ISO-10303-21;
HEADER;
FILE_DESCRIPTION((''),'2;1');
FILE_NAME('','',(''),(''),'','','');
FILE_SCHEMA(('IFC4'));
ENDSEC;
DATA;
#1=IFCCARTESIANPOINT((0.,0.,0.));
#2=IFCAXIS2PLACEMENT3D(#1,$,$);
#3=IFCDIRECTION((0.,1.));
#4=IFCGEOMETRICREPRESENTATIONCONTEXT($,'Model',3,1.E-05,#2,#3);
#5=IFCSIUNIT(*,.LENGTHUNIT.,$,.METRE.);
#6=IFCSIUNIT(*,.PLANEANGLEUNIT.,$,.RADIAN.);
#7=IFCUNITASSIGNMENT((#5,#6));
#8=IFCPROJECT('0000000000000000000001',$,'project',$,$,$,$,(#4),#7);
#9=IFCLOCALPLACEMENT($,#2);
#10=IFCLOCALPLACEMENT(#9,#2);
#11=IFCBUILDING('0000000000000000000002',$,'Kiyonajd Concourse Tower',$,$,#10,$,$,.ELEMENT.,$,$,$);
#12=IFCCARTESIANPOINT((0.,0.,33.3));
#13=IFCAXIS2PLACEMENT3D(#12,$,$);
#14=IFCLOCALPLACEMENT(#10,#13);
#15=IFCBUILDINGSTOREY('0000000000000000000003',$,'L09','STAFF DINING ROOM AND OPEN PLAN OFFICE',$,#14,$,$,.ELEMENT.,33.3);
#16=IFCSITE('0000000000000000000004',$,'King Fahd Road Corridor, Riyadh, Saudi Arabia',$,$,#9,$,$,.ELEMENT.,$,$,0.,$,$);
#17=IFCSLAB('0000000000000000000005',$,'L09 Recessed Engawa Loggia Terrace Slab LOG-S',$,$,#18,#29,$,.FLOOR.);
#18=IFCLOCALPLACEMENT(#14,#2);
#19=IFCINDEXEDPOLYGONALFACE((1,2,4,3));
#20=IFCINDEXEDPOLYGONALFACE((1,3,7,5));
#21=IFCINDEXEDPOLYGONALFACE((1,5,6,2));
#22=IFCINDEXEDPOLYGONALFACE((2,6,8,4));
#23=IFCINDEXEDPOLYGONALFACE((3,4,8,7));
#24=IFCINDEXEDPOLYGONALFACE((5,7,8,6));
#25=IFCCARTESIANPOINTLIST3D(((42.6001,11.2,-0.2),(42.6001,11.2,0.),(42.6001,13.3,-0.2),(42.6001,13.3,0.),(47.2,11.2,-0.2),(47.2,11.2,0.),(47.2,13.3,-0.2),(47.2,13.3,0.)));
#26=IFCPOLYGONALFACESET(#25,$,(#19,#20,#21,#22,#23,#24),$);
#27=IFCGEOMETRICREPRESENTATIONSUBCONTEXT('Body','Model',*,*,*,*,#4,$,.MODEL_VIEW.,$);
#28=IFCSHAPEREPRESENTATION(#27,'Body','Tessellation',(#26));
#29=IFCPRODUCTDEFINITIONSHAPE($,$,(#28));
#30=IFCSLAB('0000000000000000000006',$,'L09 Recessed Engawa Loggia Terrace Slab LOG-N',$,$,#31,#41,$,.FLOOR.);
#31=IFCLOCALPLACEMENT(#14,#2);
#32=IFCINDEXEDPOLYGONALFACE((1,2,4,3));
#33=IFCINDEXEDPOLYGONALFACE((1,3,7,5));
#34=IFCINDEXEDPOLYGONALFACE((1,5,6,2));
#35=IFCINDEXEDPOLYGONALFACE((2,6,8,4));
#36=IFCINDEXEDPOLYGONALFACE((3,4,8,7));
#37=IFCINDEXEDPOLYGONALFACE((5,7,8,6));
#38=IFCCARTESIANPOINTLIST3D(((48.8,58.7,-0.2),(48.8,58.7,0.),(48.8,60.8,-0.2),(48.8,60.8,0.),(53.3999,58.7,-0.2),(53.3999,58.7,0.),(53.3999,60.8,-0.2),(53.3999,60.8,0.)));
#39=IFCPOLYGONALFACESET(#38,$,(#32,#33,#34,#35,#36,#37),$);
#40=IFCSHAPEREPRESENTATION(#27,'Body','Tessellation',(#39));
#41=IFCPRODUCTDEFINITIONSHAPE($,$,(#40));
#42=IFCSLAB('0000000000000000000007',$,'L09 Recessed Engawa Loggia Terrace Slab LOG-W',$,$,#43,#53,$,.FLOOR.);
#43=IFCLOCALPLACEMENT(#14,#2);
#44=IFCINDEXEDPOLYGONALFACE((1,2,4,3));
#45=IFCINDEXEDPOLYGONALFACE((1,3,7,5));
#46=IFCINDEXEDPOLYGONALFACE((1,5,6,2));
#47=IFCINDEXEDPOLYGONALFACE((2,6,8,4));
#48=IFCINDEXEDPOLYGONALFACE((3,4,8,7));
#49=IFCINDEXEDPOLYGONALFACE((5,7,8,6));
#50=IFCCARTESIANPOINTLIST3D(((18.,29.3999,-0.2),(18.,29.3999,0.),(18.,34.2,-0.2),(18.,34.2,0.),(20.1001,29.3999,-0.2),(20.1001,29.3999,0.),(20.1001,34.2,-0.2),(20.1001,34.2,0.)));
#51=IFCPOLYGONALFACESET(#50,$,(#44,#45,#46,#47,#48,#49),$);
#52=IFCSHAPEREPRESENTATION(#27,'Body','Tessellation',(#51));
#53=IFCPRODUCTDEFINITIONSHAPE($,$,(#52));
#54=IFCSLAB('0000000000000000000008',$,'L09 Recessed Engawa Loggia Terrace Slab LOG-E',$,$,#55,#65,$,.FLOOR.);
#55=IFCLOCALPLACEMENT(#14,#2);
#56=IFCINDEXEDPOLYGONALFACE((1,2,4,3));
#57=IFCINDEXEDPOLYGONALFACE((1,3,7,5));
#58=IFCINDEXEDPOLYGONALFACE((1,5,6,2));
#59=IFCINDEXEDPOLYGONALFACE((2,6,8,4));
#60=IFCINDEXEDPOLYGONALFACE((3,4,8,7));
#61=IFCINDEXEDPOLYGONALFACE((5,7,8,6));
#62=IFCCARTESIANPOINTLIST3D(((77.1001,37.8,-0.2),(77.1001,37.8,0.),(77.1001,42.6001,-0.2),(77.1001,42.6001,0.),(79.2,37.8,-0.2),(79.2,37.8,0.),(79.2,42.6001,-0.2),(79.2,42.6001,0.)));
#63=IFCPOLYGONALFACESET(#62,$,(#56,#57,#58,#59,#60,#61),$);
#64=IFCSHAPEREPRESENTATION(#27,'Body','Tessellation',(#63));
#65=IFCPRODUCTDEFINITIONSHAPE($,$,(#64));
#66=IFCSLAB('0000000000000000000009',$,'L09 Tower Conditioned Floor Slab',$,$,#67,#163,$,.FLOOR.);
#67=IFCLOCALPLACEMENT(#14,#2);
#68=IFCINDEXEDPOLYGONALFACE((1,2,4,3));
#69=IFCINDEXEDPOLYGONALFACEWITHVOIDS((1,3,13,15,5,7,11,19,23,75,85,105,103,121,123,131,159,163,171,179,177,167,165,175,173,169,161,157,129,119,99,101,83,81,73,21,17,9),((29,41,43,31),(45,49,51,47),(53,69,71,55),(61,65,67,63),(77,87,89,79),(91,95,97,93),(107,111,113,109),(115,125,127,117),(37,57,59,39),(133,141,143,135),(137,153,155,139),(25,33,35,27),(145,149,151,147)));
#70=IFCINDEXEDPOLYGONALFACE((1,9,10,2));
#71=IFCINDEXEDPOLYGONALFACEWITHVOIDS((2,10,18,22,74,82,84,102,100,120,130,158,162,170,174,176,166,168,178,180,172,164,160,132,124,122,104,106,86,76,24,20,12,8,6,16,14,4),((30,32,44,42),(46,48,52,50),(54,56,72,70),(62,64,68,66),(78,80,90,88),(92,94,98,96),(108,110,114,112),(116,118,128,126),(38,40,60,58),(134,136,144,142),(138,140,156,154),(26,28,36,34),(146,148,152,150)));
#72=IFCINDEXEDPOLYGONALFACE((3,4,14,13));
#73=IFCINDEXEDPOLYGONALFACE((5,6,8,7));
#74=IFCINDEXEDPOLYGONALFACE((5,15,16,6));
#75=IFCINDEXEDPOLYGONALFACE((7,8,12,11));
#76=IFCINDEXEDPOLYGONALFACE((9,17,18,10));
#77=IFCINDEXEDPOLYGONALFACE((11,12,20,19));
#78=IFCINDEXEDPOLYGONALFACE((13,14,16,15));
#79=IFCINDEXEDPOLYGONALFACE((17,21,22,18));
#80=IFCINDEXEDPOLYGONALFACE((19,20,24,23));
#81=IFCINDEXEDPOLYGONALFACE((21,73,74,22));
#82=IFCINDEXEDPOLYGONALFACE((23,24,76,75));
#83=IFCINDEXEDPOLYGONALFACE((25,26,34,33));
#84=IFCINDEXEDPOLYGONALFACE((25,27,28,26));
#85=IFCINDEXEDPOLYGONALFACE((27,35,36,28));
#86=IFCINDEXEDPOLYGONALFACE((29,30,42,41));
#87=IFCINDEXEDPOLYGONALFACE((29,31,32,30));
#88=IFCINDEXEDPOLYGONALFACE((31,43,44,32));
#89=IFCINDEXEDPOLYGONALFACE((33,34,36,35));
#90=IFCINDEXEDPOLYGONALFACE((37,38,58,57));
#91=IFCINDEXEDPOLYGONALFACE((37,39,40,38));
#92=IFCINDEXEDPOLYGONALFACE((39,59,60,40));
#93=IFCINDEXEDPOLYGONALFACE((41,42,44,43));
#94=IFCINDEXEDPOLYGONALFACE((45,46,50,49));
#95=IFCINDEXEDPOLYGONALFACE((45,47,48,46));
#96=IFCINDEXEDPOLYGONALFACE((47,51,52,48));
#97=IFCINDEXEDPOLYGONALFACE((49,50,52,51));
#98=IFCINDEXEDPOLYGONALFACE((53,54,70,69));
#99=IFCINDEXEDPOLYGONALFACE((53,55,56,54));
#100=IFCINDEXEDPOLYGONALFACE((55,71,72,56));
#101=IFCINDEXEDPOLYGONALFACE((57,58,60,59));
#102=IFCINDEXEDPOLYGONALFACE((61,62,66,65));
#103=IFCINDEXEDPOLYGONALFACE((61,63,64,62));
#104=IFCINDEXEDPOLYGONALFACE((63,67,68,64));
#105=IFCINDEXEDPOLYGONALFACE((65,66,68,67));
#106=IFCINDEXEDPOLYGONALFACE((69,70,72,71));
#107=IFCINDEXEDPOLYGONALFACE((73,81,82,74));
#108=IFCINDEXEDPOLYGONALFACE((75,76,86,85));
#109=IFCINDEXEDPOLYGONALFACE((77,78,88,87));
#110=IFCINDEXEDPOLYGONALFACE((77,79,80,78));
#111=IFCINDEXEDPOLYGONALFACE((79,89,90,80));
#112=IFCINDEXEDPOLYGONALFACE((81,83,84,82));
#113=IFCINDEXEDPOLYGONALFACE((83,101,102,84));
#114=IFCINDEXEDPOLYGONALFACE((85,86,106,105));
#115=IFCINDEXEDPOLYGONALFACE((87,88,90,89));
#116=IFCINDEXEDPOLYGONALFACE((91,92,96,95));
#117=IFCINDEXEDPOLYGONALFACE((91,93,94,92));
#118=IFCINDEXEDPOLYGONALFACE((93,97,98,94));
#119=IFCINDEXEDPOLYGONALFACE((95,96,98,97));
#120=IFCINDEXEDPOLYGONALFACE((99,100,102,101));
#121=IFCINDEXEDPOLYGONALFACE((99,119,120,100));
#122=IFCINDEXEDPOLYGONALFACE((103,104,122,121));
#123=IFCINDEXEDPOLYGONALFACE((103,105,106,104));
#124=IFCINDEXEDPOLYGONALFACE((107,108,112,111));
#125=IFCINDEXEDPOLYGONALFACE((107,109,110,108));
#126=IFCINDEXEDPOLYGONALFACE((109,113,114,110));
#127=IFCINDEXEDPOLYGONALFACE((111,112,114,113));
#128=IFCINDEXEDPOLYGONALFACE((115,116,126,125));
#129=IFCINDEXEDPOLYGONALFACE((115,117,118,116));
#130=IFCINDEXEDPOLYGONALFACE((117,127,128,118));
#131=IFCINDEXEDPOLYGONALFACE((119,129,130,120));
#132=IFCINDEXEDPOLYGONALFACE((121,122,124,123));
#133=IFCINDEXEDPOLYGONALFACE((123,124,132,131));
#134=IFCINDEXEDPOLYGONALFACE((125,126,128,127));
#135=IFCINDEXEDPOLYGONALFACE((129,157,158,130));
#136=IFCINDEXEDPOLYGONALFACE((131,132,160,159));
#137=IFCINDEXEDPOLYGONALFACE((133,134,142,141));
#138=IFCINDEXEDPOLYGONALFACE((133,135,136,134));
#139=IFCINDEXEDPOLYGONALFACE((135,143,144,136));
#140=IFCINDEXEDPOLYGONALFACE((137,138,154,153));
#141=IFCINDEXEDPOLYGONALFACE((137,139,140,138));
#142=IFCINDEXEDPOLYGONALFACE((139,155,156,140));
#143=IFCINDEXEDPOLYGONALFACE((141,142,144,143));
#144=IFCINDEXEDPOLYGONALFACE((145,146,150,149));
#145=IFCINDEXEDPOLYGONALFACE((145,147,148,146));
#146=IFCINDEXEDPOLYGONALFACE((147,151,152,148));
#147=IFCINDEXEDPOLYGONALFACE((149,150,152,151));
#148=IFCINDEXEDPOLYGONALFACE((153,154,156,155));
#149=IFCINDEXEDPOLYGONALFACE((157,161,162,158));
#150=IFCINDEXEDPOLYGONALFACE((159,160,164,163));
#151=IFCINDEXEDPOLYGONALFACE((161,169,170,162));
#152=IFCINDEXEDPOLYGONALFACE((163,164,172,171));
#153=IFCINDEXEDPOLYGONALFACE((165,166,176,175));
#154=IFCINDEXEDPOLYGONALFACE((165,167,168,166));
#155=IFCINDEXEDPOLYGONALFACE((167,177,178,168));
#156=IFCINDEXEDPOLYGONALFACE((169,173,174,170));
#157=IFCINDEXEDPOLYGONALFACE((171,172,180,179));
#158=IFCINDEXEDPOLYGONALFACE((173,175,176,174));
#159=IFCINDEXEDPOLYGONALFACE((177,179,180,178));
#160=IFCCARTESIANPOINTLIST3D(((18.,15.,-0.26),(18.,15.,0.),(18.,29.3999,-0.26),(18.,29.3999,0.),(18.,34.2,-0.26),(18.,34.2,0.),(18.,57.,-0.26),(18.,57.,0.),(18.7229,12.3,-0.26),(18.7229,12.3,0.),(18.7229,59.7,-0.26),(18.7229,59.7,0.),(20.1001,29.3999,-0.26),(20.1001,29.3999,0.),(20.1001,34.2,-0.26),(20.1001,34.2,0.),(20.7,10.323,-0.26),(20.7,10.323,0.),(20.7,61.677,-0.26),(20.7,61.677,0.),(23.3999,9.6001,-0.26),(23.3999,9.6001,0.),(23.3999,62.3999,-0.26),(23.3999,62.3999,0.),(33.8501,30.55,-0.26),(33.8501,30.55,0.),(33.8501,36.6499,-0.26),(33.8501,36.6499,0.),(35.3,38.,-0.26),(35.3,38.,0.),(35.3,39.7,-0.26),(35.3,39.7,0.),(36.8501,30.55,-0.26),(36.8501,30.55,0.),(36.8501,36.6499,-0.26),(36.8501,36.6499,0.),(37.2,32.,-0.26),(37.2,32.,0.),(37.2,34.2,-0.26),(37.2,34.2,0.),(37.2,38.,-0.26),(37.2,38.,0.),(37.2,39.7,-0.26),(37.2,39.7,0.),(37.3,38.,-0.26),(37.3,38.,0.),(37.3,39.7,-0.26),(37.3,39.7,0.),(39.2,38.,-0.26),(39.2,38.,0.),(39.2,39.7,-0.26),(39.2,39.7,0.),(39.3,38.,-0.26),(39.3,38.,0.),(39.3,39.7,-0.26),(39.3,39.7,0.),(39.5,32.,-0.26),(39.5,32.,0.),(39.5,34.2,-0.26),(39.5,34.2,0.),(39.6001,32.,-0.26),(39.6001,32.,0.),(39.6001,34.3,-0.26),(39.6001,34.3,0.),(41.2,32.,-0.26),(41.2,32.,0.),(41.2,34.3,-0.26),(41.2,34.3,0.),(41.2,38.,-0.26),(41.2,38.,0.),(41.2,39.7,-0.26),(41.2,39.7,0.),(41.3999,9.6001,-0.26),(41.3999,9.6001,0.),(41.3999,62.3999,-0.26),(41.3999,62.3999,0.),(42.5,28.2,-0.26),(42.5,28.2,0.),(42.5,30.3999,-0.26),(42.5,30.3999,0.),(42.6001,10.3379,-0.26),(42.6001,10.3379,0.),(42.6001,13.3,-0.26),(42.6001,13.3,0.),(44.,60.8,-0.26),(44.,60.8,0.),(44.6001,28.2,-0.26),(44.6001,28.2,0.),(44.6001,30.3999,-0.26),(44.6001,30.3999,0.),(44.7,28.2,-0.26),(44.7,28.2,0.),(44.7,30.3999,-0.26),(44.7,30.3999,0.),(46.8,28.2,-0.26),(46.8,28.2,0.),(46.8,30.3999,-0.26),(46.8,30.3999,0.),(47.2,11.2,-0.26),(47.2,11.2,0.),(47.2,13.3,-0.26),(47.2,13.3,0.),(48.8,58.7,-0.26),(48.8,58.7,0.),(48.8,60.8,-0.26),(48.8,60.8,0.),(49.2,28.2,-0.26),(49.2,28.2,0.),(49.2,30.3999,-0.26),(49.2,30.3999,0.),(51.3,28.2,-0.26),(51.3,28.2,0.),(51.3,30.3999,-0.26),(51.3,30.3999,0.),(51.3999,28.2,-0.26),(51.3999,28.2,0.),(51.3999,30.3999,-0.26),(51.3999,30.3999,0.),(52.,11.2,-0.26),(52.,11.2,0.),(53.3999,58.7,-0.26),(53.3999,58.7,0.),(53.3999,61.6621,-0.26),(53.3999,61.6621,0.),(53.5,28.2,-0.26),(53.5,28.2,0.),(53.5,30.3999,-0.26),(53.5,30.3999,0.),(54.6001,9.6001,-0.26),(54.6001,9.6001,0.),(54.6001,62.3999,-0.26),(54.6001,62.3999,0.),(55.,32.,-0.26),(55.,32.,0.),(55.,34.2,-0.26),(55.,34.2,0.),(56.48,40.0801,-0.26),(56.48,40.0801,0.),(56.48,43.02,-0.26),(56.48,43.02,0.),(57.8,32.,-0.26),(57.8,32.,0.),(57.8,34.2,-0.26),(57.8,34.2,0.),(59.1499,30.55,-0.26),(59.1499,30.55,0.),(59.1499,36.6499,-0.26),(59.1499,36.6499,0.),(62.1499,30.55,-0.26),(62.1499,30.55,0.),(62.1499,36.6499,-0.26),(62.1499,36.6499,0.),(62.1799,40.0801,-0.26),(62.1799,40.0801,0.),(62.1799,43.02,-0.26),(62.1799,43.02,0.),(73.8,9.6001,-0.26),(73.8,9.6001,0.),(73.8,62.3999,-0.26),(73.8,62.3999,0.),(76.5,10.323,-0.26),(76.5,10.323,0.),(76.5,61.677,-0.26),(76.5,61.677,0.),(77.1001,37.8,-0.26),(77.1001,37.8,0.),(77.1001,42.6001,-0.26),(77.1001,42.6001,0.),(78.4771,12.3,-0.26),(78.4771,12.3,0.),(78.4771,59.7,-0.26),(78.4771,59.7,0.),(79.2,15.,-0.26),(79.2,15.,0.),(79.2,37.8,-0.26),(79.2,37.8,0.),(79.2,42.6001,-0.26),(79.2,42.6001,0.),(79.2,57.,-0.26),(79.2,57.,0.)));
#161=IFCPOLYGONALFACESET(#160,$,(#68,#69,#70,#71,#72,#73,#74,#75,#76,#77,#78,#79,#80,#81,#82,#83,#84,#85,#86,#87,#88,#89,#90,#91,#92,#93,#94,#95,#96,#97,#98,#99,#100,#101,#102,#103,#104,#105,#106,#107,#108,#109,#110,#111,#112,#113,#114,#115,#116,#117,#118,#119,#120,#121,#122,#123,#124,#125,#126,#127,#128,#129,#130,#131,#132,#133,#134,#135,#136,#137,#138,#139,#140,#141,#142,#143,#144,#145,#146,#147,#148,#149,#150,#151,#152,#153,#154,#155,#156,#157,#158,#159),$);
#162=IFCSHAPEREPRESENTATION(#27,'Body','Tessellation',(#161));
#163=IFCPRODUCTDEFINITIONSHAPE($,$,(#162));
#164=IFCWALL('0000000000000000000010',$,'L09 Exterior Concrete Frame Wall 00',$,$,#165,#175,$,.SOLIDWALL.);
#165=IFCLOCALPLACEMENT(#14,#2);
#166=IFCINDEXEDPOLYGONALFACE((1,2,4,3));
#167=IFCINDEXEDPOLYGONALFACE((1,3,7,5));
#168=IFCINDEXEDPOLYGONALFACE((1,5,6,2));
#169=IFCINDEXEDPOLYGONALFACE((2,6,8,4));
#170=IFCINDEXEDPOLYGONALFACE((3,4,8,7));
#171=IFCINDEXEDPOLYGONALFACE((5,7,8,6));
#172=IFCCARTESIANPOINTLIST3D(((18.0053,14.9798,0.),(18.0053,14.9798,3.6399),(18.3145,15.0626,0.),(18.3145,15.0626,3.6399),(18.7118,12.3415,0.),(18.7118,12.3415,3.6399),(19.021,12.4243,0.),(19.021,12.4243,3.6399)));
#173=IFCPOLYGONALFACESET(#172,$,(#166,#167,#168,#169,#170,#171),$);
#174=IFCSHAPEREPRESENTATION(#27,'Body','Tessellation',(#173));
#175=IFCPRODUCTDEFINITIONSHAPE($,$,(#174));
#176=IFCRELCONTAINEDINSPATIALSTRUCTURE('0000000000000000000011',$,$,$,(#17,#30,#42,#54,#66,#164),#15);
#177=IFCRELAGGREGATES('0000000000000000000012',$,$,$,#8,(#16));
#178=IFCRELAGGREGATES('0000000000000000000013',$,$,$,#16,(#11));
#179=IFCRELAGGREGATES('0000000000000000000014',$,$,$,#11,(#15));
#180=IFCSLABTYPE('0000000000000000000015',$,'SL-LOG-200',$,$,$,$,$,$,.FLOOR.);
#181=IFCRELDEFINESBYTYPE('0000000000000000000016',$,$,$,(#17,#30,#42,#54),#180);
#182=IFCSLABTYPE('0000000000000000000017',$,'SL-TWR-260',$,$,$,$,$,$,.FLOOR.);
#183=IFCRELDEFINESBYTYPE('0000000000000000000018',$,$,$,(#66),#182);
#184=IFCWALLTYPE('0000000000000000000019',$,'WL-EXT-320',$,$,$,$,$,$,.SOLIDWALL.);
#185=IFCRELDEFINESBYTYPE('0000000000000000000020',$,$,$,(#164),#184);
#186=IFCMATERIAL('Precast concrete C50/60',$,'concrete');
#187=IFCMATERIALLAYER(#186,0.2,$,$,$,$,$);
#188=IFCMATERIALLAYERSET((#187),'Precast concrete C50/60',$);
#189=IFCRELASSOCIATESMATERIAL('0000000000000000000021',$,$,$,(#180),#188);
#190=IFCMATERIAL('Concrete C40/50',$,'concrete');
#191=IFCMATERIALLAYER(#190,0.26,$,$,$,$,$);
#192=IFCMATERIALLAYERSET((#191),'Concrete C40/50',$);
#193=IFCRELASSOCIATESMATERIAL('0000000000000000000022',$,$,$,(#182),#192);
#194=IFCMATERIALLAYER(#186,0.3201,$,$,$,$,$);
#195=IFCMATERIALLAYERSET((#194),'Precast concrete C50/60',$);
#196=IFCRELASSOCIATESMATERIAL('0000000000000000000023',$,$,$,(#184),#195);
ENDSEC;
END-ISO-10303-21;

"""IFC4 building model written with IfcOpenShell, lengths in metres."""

from ifc_helpers import new_model, si_unit, direction, frame, frame_2d, origin, place, context, subcontext, project, spatial, polyline, rectangle, outline, extrude, material, layer, layer_set, type_object, element, save


model = new_model("IFC4")

# Units and contexts
model_context = context("Model", 3, precision=1e-05, world=origin(), true_north=direction((0.0, 1.0)))
body_context = subcontext(model_context, "Body", "Model", "MODEL_VIEW")
ifc_project = project(units=[si_unit("LENGTHUNIT", "METRE"), si_unit("PLANEANGLEUNIT", "RADIAN")], contexts=[model_context])

# Site, building, storey
site_placement = place(None, origin())
site = spatial("IfcSite", under=ifc_project, at=site_placement, Name="King Fahd Road Corridor, Riyadh, Saudi Arabia", CompositionType="ELEMENT", RefElevation=0.0)
building_placement = place(site_placement, origin())
building = spatial("IfcBuilding", under=site, at=building_placement, Name="Kiyonajd Concourse Tower", CompositionType="ELEMENT")
storey_placement = place(building_placement, frame((0.0, 0.0, 33.3)))
storey = spatial("IfcBuildingStorey", under=building, at=storey_placement, Name="L09", Description="STAFF DINING ROOM AND OPEN PLAN OFFICE", CompositionType="ELEMENT", Elevation=33.3)

# Shared definitions
ifc_material_1 = material(Name="Precast concrete C50/60", Category="concrete")

# Shared definitions
ifc_material_2 = material(Name="Concrete C40/50", Category="concrete")

# Slabs
ifc_layer_1 = layer(ifc_material_1, 0.2)
ifc_layer_set_1 = layer_set([ifc_layer_1], Name="Precast concrete C50/60")
slab_type_1 = type_object("IfcSlabType", Name="SL-LOG-200", PredefinedType="FLOOR", material=ifc_layer_set_1)
slab_1_placement = place(storey_placement, frame((0.0, 0.0, -0.2)))
element("IfcSlab", 1, at=slab_1_placement, inside=storey, type_object=slab_type_1, Name="L09 Recessed Engawa Loggia Terrace Slab LOG-S", PredefinedType="FLOOR", context=body_context, shape_type="SweptSolid", body=[
    extrude(outline(polyline([(42.6001, 11.2), (47.2, 11.2), (47.2, 13.3), (42.6001, 13.3), (42.6001, 11.2)])), origin(), (0.0, 0.0, 1.0), 0.2),
])
slab_2_placement = place(storey_placement, frame((0.0, 0.0, -0.2)))
element("IfcSlab", 2, at=slab_2_placement, inside=storey, type_object=slab_type_1, Name="L09 Recessed Engawa Loggia Terrace Slab LOG-N", PredefinedType="FLOOR", context=body_context, shape_type="SweptSolid", body=[
    extrude(outline(polyline([(48.8, 58.7), (53.3999, 58.7), (53.3999, 60.8), (48.8, 60.8), (48.8, 58.7)])), origin(), (0.0, 0.0, 1.0), 0.2),
])
slab_3_placement = place(storey_placement, frame((0.0, 0.0, -0.2)))
element("IfcSlab", 3, at=slab_3_placement, inside=storey, type_object=slab_type_1, Name="L09 Recessed Engawa Loggia Terrace Slab LOG-W", PredefinedType="FLOOR", context=body_context, shape_type="SweptSolid", body=[
    extrude(outline(polyline([(18.0, 29.3999), (20.1001, 29.3999), (20.1001, 34.2), (18.0, 34.2), (18.0, 29.3999)])), origin(), (0.0, 0.0, 1.0), 0.2),
])
slab_4_placement = place(storey_placement, frame((0.0, 0.0, -0.2)))
element("IfcSlab", 4, at=slab_4_placement, inside=storey, type_object=slab_type_1, Name="L09 Recessed Engawa Loggia Terrace Slab LOG-E", PredefinedType="FLOOR", context=body_context, shape_type="SweptSolid", body=[
    extrude(outline(polyline([(77.1001, 37.8), (79.2, 37.8), (79.2, 42.6001), (77.1001, 42.6001), (77.1001, 37.8)])), origin(), (0.0, 0.0, 1.0), 0.2),
])
ifc_layer_2 = layer(ifc_material_2, 0.26)
ifc_layer_set_2 = layer_set([ifc_layer_2], Name="Concrete C40/50")
slab_type_2 = type_object("IfcSlabType", Name="SL-TWR-260", PredefinedType="FLOOR", material=ifc_layer_set_2)
slab_5_placement = place(storey_placement, frame((0.0, 0.0, -0.26)))
element("IfcSlab", 5, at=slab_5_placement, inside=storey, type_object=slab_type_2, Name="L09 Tower Conditioned Floor Slab", PredefinedType="FLOOR", context=body_context, shape_type="SweptSolid", body=[
    extrude(outline(polyline([(18.7229, 12.3), (18.0, 15.0), (18.0, 29.3999), (20.1001, 29.3999), (20.1001, 34.2), (18.0, 34.2), (18.0, 57.0), (18.7229, 59.7), (20.7, 61.677), (23.3999, 62.3999), (41.3999, 62.3999), (44.0, 60.8), (48.8, 60.8), (48.8, 58.7), (53.3999, 58.7), (53.3999, 61.6621), (54.6001, 62.3999), (73.8, 62.3999), (76.5, 61.677), (78.4771, 59.7), (79.2, 57.0), (79.2, 42.6001), (77.1001, 42.6001), (77.1001, 37.8), (79.2, 37.8), (79.2, 15.0), (78.4771, 12.3), (76.5, 10.323), (73.8, 9.6001), (54.6001, 9.6001), (52.0, 11.2), (47.2, 11.2), (47.2, 13.3), (42.6001, 13.3), (42.6001, 10.3379), (41.3999, 9.6001), (23.3999, 9.6001), (20.7, 10.323), (18.7229, 12.3)]), holes=[polyline([(44.6001, 28.2), (42.5, 28.2), (42.5, 30.3999), (44.6001, 30.3999), (44.6001, 28.2)]), polyline([(37.2, 32.0), (37.2, 34.2), (39.5, 34.2), (39.5, 32.0), (37.2, 32.0)]), polyline([(39.6001, 32.0), (39.6001, 34.3), (41.2, 34.3), (41.2, 32.0), (39.6001, 32.0)]), polyline([(36.8501, 30.55), (33.8501, 30.55), (33.8501, 36.6499), (36.8501, 36.6499), (36.8501, 30.55)]), polyline([(35.3, 38.0), (35.3, 39.7), (37.2, 39.7), (37.2, 38.0), (35.3, 38.0)]), polyline([(37.3, 38.0), (37.3, 39.7), (39.2, 39.7), (39.2, 38.0), (37.3, 38.0)]), polyline([(41.2, 38.0), (39.3, 38.0), (39.3, 39.7), (41.2, 39.7), (41.2, 38.0)]), polyline([(44.7, 28.2), (44.7, 30.3999), (46.8, 30.3999), (46.8, 28.2), (44.7, 28.2)]), polyline([(49.2, 28.2), (49.2, 30.3999), (51.3, 30.3999), (51.3, 28.2), (49.2, 28.2)]), polyline([(51.3999, 28.2), (51.3999, 30.3999), (53.5, 30.3999), (53.5, 28.2), (51.3999, 28.2)]), polyline([(55.0, 32.0), (55.0, 34.2), (57.8, 34.2), (57.8, 32.0), (55.0, 32.0)]), polyline([(59.1499, 30.55), (59.1499, 36.6499), (62.1499, 36.6499), (62.1499, 30.55), (59.1499, 30.55)]), polyline([(56.48, 43.02), (62.1799, 43.02), (62.1799, 40.0801), (56.48, 40.0801), (56.48, 43.02)])]), origin(), (0.0, 0.0, 1.0), 0.26),
])

# Wall
ifc_layer_3 = layer(ifc_material_1, 0.3201)
ifc_layer_set_3 = layer_set([ifc_layer_3], Name="Precast concrete C50/60")
wall_type_1 = type_object("IfcWallType", Name="WL-EXT-320", PredefinedType="SOLIDWALL", material=ifc_layer_set_3)
wall_1_placement = place(storey_placement, frame((18.8665, 12.3828, 0.0), z_axis=(0.0, 0.0, 1.0), x_axis=(-0.258697, 0.965958, 0.0)))
element("IfcWall", 6, at=wall_1_placement, inside=storey, type_object=wall_type_1, Name="L09 Exterior Concrete Frame Wall 00", PredefinedType="SOLIDWALL", context=body_context, shape_type="SweptSolid", body=[
    extrude(rectangle(XDim=2.7312, YDim=0.3201, at=frame_2d((1.3657, 0.0))), origin(), (0.0, 0.0, 1.0), 3.6399),
])

save(model, "model.ifc")
